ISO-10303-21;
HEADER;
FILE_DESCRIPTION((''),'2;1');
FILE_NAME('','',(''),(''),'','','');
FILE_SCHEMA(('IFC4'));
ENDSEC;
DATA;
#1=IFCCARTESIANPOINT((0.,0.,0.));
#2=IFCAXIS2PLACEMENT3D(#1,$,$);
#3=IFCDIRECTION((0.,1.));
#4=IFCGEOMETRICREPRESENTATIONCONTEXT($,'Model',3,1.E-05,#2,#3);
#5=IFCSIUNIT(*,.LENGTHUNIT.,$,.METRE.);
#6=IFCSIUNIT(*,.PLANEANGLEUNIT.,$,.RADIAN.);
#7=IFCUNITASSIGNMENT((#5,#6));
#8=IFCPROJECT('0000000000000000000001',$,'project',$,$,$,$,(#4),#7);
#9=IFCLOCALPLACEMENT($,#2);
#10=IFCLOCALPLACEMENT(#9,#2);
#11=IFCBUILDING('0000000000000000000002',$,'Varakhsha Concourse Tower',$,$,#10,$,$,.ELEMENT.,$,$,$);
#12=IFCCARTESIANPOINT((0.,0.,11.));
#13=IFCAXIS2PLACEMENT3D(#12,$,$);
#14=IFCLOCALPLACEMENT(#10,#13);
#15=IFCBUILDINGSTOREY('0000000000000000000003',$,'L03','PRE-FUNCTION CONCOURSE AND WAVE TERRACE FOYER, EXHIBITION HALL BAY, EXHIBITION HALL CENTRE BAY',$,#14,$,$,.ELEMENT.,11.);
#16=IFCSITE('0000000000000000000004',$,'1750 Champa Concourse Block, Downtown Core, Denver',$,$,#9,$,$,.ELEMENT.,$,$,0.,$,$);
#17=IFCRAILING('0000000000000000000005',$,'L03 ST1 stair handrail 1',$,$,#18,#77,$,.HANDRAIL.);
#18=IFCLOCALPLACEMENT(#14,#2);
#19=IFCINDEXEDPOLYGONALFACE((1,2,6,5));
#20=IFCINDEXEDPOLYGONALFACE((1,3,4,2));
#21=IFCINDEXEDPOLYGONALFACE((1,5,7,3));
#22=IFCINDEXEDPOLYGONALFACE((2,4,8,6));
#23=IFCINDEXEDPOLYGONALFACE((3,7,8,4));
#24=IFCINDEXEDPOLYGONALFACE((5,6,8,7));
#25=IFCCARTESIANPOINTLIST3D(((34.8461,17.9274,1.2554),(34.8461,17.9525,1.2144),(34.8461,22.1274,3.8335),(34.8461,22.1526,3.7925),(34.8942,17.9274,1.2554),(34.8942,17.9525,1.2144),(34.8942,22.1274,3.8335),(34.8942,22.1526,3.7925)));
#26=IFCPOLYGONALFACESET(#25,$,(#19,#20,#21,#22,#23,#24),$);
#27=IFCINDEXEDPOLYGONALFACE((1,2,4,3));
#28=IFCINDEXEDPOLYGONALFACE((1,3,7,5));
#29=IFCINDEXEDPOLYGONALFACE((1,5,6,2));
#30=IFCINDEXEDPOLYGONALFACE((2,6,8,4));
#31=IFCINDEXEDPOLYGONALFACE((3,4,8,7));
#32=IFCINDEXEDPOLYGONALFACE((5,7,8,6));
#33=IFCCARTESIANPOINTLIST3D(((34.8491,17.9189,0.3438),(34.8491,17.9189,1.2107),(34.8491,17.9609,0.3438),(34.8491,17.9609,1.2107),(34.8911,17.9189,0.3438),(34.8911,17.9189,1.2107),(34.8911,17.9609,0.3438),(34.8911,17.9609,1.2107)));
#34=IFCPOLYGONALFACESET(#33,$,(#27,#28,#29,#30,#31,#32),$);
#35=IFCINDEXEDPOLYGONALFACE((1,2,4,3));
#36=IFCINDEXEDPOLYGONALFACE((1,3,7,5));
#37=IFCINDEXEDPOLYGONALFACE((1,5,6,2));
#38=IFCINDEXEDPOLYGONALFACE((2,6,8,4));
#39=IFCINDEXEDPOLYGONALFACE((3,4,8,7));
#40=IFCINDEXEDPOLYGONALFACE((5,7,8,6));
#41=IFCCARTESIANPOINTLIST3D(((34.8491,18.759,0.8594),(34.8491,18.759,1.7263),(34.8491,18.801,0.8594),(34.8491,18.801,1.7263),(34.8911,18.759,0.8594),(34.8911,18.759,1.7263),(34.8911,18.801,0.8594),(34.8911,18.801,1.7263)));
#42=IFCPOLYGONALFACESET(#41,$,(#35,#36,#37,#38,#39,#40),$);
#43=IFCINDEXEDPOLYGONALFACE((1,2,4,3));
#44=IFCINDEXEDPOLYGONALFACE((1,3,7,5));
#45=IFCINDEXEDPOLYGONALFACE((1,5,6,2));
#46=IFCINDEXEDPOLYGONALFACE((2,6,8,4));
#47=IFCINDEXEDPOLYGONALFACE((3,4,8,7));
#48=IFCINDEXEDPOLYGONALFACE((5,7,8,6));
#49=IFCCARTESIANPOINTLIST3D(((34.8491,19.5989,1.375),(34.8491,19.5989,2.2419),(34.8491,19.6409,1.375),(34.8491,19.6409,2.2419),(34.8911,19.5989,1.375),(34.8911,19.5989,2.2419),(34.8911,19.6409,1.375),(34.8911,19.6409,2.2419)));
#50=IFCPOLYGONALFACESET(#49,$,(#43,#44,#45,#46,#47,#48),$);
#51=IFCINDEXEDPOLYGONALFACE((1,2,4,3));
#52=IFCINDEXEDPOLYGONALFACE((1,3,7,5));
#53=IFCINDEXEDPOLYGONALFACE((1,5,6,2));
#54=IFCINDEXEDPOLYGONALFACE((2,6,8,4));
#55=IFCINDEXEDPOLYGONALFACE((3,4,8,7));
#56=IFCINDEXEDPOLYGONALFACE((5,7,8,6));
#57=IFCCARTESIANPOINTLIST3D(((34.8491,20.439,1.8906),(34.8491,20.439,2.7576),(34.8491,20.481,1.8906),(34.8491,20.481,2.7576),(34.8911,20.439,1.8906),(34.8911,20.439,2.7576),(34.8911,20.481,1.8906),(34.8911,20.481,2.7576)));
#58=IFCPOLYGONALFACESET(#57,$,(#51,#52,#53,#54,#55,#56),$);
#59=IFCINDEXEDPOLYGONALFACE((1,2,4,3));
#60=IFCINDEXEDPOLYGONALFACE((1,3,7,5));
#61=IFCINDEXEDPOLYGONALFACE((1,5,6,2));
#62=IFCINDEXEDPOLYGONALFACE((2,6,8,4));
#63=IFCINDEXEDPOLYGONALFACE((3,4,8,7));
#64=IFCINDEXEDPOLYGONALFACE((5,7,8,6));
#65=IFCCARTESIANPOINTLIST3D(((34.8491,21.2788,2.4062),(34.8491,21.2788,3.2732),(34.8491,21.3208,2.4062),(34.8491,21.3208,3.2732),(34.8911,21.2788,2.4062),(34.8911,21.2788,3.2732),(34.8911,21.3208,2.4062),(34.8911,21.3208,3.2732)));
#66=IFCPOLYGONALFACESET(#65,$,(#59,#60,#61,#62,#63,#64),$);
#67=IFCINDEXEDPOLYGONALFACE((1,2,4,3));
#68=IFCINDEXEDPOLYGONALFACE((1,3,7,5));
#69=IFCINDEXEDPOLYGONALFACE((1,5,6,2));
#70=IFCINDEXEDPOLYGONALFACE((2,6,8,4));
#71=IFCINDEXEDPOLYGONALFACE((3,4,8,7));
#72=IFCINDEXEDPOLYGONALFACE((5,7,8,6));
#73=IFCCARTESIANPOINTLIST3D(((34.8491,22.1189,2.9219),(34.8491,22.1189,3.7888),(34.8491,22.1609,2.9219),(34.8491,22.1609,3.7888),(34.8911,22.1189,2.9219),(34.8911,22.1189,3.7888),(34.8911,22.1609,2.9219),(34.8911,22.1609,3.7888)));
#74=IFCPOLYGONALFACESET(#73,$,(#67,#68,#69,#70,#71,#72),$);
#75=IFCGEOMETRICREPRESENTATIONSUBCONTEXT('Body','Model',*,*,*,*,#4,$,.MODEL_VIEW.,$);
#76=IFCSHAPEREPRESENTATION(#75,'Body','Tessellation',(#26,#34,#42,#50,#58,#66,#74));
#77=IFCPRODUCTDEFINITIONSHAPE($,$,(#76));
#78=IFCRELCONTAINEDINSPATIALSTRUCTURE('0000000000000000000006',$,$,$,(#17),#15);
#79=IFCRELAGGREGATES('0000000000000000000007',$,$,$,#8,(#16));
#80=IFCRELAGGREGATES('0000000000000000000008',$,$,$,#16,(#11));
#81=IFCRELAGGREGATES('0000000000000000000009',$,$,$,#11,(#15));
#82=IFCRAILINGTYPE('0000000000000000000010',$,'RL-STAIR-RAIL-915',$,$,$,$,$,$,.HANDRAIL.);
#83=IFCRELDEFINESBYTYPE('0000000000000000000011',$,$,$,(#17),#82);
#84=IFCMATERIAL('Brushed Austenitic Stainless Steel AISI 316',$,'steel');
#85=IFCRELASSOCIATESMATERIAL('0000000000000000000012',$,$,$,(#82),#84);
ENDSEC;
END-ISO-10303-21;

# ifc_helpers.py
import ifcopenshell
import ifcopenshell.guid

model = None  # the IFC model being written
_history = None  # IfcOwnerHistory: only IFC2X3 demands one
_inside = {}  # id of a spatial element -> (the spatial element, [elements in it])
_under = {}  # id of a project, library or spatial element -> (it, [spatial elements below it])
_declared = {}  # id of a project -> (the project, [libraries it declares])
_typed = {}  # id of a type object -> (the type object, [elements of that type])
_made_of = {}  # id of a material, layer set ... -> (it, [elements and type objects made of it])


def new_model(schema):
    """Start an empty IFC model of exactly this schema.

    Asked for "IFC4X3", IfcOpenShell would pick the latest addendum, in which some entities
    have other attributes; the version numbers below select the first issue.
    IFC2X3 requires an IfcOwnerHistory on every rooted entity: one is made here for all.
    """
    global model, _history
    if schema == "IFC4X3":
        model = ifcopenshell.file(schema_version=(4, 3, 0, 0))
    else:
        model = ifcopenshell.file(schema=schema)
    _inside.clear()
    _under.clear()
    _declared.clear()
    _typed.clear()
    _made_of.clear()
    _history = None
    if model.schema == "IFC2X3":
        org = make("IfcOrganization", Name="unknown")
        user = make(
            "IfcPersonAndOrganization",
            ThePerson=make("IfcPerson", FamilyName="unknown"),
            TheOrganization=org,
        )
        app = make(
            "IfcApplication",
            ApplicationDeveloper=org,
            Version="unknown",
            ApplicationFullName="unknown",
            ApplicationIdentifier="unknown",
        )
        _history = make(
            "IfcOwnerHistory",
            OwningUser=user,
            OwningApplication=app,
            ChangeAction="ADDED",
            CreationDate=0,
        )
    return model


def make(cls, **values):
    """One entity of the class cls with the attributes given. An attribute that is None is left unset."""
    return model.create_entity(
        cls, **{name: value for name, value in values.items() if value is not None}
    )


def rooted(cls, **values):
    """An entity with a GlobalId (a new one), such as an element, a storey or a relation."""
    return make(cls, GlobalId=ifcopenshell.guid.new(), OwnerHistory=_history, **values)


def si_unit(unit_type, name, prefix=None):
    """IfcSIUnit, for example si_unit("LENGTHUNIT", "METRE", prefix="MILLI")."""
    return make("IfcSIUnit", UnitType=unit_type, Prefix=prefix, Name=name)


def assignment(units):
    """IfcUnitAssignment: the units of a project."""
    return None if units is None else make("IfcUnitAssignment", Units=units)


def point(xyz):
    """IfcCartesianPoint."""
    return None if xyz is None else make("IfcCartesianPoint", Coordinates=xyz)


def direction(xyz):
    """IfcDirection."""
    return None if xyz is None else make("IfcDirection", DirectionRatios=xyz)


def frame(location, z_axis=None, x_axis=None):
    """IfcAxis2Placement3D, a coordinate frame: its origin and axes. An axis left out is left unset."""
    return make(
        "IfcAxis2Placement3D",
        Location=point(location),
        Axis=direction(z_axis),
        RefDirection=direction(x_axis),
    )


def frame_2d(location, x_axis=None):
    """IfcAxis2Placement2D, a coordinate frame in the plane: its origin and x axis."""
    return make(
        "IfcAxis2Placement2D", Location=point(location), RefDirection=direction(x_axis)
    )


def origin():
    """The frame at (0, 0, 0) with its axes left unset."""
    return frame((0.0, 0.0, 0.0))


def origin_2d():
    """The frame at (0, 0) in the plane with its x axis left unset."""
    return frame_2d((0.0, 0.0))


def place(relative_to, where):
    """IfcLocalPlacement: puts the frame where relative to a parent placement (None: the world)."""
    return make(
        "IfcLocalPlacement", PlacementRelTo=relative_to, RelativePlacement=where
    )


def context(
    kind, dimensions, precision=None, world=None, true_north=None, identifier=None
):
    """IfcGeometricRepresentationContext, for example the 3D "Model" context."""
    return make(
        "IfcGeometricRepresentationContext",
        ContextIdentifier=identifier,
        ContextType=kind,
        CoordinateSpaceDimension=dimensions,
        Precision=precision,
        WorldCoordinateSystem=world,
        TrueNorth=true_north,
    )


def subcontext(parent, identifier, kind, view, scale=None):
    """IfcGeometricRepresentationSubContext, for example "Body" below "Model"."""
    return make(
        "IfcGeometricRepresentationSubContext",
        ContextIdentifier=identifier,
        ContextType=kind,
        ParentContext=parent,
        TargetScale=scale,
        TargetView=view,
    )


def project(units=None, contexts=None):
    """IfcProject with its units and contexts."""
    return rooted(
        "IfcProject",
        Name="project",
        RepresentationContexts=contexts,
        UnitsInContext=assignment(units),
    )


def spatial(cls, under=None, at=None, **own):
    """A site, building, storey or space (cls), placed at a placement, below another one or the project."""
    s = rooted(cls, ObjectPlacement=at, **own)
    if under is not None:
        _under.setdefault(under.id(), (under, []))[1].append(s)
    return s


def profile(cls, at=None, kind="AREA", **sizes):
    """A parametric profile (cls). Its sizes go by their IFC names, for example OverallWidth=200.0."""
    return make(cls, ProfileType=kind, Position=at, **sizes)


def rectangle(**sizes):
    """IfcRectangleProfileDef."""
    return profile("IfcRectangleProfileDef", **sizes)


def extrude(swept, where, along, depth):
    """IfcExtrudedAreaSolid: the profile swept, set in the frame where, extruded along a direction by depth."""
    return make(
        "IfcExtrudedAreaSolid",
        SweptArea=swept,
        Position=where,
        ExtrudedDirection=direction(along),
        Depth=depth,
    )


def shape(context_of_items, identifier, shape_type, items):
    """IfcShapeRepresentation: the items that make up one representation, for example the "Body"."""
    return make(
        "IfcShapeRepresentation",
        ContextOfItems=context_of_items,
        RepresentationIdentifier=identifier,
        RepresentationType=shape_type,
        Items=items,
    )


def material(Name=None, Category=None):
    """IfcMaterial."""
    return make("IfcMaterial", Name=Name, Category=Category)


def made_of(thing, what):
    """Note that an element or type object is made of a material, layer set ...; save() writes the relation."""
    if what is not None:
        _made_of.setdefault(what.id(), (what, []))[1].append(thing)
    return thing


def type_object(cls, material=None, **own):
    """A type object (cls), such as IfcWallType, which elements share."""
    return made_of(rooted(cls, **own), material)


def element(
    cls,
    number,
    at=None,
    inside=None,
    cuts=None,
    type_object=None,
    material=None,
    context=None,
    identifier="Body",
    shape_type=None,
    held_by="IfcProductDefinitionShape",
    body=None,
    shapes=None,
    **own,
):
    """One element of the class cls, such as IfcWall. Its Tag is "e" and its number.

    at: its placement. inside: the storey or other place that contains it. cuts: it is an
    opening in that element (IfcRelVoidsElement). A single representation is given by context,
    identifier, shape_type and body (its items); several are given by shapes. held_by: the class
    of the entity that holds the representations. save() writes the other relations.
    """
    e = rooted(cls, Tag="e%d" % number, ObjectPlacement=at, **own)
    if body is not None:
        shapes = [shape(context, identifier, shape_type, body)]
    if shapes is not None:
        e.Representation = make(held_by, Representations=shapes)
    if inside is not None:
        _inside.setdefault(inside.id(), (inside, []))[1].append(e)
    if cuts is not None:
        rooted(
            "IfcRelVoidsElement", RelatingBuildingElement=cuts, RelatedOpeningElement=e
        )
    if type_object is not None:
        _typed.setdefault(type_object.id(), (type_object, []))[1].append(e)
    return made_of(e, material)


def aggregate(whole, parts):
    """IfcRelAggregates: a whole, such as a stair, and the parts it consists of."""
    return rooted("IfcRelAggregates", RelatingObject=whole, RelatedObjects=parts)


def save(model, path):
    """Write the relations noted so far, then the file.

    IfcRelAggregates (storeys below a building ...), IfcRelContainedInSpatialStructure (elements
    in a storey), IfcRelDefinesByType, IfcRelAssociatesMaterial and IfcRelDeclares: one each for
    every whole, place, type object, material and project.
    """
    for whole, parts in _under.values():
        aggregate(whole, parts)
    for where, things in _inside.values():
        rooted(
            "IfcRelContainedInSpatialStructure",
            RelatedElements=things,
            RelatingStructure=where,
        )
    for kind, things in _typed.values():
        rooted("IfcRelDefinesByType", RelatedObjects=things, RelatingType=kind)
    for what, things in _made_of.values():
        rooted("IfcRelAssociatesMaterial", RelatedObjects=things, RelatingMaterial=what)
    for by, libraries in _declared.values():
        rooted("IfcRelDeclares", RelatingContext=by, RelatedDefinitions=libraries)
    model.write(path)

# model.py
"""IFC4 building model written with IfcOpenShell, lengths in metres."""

from ifc_helpers import new_model, si_unit, direction, frame, origin, origin_2d, place, context, subcontext, project, spatial, rectangle, extrude, material, type_object, element, save


model = new_model("IFC4")

# Units and contexts
model_context = context("Model", 3, precision=1e-05, world=origin(), true_north=direction((0.0, 1.0)))
body_context = subcontext(model_context, "Body", "Model", "MODEL_VIEW")
ifc_project = project(units=[si_unit("LENGTHUNIT", "METRE"), si_unit("PLANEANGLEUNIT", "RADIAN")], contexts=[model_context])

# Site, building, storey
site_placement = place(None, origin())
site = spatial("IfcSite", under=ifc_project, at=site_placement, Name="1750 Champa Concourse Block, Downtown Core, Denver", CompositionType="ELEMENT", RefElevation=0.0)
building_placement = place(site_placement, origin())
building = spatial("IfcBuilding", under=site, at=building_placement, Name="Varakhsha Concourse Tower", CompositionType="ELEMENT")
storey_placement = place(building_placement, frame((0.0, 0.0, 11.0)))
storey = spatial("IfcBuildingStorey", under=building, at=storey_placement, Name="L03", Description="PRE-FUNCTION CONCOURSE AND WAVE TERRACE FOYER, EXHIBITION HALL BAY, EXHIBITION HALL CENTRE BAY", CompositionType="ELEMENT", Elevation=11.0)

# Railing
ifc_material_1 = material(Name="Brushed Austenitic Stainless Steel AISI 316", Category="steel")
railing_type_1 = type_object("IfcRailingType", Name="RL-STAIR-RAIL-915", PredefinedType="HANDRAIL", material=ifc_material_1)
railing_1_placement = place(storey_placement, frame((34.8701, 17.9399, 0.3438)))
element("IfcRailing", 1, at=railing_1_placement, inside=storey, type_object=railing_type_1, Name="L03 ST1 stair handrail 1", PredefinedType="HANDRAIL", context=body_context, shape_type="SweptSolid", body=[
    extrude(rectangle(XDim=0.0481, YDim=0.0481, at=origin_2d()), frame((0.0, 0.0, 0.8911), z_axis=(0.0, 0.852243, 0.523146), x_axis=(-1.0, 0.0, 0.0)), (0.0, 0.0, 1.0), 4.9282),
    extrude(rectangle(XDim=0.042, YDim=0.042, at=origin_2d()), origin(), (0.0, 0.0, 1.0), 0.8669),
    extrude(rectangle(XDim=0.042, YDim=0.042, at=origin_2d()), frame((0.0, 0.8401, 0.5156)), (0.0, 0.0, 1.0), 0.8669),
    extrude(rectangle(XDim=0.042, YDim=0.042, at=origin_2d()), frame((0.0, 1.6799, 1.0312)), (0.0, 0.0, 1.0), 0.8669),
    extrude(rectangle(XDim=0.042, YDim=0.042, at=origin_2d()), frame((0.0, 2.52, 1.5469)), (0.0, 0.0, 1.0), 0.8669),
    extrude(rectangle(XDim=0.042, YDim=0.042, at=origin_2d()), frame((0.0, 3.3599, 2.0625)), (0.0, 0.0, 1.0), 0.8669),
    extrude(rectangle(XDim=0.042, YDim=0.042, at=origin_2d()), frame((0.0, 4.2, 2.5781)), (0.0, 0.0, 1.0), 0.8669),
])

save(model, "model.ifc")
